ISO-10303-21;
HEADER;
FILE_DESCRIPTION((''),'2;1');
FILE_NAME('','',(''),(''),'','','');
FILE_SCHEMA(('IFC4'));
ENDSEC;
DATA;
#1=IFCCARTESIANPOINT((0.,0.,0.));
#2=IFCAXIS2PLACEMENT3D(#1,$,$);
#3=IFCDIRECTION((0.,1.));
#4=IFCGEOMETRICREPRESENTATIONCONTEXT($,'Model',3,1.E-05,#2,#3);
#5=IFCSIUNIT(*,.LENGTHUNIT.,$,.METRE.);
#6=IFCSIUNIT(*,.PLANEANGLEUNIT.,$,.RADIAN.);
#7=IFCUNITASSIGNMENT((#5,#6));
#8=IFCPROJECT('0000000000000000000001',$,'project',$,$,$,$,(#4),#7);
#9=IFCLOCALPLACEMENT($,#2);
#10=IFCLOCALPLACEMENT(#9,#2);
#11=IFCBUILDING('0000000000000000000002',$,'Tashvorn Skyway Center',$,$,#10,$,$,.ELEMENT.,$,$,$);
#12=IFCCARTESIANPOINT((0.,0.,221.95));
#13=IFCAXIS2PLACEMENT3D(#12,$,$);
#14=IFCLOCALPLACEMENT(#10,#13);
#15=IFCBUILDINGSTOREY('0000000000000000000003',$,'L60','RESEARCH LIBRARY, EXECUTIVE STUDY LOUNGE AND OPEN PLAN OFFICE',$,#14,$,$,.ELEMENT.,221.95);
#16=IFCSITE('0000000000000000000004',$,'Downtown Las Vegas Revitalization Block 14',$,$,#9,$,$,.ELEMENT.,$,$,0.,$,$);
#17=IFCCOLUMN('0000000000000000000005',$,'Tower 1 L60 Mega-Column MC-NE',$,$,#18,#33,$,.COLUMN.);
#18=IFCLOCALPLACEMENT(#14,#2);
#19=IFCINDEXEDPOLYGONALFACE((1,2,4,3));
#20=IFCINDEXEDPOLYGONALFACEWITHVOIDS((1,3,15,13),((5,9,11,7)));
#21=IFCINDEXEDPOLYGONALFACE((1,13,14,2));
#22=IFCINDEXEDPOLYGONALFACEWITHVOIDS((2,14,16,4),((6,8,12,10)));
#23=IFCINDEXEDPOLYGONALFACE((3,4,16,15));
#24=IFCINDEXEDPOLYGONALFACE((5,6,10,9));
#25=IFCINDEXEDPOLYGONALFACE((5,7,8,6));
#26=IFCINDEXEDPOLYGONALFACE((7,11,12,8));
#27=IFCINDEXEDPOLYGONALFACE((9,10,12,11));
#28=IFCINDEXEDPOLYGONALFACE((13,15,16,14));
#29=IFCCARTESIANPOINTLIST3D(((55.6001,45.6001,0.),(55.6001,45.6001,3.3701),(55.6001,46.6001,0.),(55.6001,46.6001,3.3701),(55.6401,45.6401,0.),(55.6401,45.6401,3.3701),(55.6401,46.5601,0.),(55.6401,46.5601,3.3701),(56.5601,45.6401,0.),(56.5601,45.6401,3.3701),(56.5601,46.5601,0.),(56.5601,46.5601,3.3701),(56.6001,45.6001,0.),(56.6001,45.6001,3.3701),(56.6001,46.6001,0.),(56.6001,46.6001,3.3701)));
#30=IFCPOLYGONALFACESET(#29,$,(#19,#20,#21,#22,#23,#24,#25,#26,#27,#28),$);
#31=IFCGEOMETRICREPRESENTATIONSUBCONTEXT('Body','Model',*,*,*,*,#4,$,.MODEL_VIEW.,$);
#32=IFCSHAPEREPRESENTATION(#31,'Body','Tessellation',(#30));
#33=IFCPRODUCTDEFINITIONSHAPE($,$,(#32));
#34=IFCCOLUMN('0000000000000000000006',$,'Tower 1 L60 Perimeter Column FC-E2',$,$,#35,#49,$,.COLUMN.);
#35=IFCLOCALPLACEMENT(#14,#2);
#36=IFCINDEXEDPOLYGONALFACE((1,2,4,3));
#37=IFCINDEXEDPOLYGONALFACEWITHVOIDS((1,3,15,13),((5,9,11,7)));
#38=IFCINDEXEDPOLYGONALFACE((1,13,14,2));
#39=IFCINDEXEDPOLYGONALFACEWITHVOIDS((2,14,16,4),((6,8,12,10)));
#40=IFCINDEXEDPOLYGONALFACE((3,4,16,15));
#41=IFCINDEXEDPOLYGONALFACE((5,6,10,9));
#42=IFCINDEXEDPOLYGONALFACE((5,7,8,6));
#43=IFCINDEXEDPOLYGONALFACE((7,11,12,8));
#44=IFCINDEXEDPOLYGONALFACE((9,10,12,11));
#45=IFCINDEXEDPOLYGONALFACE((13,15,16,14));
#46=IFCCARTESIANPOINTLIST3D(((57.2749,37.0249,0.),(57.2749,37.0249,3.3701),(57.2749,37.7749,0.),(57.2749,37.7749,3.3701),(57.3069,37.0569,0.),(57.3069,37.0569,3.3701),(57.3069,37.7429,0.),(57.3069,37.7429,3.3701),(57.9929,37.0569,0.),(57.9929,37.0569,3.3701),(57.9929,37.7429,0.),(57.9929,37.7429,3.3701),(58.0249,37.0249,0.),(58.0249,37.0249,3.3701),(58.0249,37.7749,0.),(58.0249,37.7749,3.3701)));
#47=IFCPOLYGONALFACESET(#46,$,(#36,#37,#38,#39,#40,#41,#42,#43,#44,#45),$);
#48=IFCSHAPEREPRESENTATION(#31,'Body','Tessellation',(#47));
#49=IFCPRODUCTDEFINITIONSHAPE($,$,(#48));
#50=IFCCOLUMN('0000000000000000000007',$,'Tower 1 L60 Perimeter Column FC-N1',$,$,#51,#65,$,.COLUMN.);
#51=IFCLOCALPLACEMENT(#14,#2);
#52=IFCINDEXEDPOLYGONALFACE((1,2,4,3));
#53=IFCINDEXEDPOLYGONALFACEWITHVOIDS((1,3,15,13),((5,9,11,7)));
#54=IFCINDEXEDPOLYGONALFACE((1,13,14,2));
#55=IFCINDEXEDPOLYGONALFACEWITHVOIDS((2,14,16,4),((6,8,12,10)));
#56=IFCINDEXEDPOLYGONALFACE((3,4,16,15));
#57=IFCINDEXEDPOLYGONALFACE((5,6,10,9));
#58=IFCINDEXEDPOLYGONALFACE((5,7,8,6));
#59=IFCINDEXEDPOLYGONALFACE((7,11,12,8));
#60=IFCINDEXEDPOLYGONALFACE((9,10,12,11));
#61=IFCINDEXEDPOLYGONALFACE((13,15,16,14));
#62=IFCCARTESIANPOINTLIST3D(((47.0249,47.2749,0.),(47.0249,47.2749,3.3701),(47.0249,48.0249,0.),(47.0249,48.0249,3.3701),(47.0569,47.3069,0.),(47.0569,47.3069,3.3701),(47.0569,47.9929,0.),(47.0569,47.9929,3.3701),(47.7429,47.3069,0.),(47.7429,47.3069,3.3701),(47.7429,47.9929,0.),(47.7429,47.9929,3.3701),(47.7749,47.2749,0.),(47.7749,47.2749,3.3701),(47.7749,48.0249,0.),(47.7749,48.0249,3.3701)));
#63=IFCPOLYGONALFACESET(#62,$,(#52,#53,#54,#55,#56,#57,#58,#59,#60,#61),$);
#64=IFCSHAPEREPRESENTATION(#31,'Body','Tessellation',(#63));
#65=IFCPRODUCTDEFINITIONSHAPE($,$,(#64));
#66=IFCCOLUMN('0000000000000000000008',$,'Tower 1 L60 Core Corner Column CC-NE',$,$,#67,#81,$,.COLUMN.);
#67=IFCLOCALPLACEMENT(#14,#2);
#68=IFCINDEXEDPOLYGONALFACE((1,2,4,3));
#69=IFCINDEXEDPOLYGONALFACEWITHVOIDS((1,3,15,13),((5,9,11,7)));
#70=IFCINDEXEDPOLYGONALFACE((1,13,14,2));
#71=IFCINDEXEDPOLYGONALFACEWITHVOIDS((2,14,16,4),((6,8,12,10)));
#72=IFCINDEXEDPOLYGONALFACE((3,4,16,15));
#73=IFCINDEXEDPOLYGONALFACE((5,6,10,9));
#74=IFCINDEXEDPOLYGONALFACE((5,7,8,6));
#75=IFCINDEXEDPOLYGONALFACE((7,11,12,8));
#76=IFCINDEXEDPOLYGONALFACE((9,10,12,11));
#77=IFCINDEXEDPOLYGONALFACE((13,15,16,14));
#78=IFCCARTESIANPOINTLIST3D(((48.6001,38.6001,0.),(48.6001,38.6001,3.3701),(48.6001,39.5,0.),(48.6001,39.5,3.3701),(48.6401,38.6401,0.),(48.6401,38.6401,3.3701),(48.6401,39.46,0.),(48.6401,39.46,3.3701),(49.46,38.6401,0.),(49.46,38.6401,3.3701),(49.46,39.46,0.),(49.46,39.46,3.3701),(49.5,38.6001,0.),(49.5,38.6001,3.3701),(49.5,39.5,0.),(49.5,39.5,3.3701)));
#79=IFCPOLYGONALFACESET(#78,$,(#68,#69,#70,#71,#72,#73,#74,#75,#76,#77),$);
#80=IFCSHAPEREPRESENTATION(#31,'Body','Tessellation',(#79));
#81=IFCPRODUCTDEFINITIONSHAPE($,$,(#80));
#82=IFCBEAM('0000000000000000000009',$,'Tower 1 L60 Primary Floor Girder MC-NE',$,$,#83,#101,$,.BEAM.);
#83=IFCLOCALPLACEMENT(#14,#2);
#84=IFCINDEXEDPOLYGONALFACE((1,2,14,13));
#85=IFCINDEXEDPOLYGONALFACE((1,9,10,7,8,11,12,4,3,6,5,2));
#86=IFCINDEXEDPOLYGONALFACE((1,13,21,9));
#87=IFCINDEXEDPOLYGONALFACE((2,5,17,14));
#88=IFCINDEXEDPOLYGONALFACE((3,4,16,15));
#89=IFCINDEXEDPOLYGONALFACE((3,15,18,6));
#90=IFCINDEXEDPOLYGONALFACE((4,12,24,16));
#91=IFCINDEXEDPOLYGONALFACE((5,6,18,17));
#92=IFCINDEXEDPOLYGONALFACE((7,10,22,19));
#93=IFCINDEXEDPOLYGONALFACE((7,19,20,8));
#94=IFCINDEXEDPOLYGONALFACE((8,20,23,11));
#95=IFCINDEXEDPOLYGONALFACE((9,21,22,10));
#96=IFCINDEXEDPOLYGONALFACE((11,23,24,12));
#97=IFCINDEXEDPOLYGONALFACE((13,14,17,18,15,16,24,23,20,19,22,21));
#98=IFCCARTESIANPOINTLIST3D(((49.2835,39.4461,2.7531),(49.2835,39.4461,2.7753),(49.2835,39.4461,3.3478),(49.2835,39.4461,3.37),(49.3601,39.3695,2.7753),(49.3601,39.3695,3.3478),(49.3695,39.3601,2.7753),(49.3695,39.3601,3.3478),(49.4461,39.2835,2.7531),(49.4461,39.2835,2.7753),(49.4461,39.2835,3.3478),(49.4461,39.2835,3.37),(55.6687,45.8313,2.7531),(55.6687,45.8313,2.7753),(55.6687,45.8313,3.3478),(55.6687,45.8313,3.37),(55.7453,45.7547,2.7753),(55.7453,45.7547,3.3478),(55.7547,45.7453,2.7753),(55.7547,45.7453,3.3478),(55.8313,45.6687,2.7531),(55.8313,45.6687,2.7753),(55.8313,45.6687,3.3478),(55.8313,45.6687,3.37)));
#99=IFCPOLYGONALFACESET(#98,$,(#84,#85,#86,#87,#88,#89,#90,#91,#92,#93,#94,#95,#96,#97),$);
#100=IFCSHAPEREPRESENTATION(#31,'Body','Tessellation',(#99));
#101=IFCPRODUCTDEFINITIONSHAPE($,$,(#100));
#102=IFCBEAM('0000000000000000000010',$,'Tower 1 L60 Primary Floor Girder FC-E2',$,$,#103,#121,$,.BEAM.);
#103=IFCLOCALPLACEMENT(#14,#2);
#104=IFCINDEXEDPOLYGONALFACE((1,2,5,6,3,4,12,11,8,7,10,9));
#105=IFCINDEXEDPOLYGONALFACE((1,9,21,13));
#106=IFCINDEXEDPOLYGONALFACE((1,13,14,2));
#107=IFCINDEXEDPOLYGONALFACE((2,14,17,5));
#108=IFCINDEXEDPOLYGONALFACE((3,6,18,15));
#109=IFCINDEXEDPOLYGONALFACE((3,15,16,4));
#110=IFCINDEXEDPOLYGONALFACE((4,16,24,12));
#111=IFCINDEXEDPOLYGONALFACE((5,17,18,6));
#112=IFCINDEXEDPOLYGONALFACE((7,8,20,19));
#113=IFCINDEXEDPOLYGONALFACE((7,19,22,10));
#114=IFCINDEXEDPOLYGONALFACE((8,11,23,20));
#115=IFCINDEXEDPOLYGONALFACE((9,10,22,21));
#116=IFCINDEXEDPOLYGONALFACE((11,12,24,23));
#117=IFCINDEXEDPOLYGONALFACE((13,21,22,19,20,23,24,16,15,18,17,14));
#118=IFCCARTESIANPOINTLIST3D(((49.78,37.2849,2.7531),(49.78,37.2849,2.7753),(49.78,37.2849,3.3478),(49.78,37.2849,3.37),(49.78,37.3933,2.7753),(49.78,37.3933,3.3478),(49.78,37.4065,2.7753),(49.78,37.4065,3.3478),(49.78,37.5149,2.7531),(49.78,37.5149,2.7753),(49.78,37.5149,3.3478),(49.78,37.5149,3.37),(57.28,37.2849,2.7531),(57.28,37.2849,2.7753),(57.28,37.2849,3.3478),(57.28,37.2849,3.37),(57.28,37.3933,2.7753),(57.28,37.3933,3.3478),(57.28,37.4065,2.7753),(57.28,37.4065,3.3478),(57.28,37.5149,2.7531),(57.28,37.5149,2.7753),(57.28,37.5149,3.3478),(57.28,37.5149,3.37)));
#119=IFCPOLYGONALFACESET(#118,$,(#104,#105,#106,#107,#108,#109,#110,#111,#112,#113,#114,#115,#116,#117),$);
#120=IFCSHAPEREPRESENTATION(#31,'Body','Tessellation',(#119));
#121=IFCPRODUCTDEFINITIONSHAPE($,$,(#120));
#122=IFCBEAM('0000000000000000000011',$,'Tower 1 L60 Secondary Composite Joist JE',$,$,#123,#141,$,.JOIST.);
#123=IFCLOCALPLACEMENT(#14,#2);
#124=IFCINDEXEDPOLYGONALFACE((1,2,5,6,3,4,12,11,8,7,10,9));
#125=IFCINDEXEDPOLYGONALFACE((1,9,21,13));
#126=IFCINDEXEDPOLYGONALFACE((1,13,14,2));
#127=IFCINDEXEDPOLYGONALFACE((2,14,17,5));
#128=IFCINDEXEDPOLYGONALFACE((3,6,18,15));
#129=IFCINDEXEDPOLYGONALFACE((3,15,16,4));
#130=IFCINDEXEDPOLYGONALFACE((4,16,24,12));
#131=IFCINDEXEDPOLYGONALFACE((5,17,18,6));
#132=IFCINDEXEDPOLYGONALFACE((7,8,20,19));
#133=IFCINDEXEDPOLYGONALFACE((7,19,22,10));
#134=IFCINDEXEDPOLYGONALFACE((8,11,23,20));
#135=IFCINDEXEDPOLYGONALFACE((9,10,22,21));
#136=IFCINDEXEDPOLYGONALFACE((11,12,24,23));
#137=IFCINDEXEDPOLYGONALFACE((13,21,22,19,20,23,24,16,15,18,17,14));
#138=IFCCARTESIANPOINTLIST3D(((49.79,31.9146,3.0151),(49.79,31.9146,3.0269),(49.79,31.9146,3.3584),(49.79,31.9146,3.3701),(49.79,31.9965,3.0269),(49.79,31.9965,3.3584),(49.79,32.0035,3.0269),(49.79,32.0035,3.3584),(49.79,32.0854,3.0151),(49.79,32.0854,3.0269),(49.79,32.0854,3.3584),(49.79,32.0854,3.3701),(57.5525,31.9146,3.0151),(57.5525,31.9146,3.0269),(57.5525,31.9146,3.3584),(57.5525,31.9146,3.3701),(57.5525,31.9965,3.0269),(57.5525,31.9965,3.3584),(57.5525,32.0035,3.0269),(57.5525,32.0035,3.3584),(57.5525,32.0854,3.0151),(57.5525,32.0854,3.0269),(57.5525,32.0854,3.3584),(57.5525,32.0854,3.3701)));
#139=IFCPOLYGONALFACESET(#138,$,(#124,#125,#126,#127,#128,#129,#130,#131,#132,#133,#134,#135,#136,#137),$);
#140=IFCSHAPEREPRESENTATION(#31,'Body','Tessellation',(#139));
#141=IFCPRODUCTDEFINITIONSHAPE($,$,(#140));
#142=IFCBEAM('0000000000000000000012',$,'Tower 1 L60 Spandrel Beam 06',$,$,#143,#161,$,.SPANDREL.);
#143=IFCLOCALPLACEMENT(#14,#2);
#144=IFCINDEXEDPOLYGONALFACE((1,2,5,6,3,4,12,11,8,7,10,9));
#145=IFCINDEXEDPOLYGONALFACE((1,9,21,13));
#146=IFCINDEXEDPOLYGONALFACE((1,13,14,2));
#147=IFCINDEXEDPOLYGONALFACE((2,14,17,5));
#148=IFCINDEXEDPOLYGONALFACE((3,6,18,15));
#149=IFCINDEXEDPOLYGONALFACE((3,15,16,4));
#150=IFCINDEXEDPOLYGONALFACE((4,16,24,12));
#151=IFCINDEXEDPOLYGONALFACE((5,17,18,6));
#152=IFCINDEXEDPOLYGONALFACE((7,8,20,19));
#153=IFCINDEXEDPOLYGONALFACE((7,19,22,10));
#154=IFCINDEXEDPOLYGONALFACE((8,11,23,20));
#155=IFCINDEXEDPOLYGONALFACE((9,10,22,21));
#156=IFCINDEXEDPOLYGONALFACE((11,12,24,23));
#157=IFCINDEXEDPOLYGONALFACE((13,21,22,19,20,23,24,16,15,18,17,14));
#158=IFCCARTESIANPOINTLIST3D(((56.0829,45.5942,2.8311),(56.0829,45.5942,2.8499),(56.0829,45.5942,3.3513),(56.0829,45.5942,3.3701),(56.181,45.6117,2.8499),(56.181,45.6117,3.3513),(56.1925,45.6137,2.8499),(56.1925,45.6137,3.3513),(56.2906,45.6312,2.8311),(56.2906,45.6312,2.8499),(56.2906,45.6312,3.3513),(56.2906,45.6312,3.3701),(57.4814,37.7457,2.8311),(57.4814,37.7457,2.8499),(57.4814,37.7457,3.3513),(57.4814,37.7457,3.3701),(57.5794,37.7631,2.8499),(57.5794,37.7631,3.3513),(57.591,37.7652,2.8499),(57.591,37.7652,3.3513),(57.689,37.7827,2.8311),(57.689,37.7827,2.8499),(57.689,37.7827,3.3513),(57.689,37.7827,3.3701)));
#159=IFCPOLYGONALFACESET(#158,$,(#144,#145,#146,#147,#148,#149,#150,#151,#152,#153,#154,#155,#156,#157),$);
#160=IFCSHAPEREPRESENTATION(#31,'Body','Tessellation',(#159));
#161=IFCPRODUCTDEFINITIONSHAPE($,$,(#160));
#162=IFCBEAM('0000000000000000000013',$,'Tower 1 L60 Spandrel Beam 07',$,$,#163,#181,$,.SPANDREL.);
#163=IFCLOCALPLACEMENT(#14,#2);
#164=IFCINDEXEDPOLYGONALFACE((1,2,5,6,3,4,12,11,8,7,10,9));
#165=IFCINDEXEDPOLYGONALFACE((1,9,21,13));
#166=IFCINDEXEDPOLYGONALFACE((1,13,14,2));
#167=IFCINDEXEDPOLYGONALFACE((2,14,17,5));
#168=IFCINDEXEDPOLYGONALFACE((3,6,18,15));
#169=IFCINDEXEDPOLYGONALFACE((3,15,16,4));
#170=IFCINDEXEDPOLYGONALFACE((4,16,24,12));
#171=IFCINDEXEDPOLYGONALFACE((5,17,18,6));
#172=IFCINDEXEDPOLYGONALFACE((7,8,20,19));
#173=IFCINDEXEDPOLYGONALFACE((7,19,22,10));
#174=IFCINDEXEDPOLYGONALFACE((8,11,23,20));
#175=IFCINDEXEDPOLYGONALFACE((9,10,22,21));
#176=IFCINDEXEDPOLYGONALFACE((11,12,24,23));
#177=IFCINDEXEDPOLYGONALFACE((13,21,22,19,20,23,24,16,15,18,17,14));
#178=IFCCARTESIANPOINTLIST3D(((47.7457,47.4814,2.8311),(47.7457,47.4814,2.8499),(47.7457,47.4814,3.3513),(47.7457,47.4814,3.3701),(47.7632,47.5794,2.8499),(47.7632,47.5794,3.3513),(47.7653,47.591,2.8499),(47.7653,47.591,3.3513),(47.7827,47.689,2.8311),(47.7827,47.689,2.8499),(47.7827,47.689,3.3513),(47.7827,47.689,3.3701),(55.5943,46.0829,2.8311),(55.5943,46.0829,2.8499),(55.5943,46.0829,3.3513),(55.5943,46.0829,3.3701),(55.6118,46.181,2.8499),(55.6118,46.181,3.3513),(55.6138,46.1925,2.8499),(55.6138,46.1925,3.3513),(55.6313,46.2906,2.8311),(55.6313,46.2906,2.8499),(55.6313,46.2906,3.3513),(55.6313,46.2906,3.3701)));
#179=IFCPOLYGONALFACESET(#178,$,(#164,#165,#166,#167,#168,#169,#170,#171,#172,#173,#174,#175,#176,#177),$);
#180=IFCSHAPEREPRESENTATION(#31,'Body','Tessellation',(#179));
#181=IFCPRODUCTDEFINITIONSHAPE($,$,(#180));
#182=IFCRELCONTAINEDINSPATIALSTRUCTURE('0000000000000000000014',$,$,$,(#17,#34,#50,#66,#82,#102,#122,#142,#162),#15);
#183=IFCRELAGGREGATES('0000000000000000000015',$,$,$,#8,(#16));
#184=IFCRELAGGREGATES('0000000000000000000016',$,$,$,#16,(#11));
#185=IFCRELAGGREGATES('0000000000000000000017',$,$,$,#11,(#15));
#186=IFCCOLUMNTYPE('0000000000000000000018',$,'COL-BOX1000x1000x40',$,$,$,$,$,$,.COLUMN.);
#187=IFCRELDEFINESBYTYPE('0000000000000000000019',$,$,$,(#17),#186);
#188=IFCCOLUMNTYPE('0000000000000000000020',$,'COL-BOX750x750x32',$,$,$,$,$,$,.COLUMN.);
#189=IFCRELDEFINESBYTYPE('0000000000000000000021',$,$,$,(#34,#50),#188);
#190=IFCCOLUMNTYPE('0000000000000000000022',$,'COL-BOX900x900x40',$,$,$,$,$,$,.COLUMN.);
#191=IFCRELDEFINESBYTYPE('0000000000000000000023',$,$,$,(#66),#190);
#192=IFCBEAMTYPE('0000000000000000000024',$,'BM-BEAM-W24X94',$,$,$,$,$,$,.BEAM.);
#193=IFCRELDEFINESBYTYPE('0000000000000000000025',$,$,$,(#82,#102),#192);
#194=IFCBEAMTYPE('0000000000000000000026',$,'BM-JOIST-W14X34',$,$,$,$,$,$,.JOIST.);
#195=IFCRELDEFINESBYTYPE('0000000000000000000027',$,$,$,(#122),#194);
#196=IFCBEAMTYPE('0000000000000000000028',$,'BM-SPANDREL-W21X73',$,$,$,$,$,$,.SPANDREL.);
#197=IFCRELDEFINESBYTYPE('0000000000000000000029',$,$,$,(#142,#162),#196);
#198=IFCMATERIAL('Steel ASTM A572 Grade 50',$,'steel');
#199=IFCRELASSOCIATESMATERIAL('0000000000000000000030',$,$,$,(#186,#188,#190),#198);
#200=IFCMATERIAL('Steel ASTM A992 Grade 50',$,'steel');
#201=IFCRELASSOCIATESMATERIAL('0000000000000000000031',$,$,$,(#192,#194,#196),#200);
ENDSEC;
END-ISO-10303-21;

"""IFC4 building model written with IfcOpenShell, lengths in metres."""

from ifc_helpers import new_model, si_unit, direction, frame, origin, origin_2d, place, context, subcontext, project, spatial, hollow_rectangle, i_section, extrude, material, material_profile, profile_set, type_object, element, save


model = new_model("IFC4")

# Units and contexts
model_context = context("Model", 3, precision=1e-05, world=origin(), true_north=direction((0.0, 1.0)))
body_context = subcontext(model_context, "Body", "Model", "MODEL_VIEW")
ifc_project = project(units=[si_unit("LENGTHUNIT", "METRE"), si_unit("PLANEANGLEUNIT", "RADIAN")], contexts=[model_context])

# Site, building, storey
site_placement = place(None, origin())
site = spatial("IfcSite", under=ifc_project, at=site_placement, Name="Downtown Las Vegas Revitalization Block 14", CompositionType="ELEMENT", RefElevation=0.0)
building_placement = place(site_placement, origin())
building = spatial("IfcBuilding", under=site, at=building_placement, Name="Tashvorn Skyway Center", CompositionType="ELEMENT")
storey_placement = place(building_placement, frame((0.0, 0.0, 221.95)))
storey = spatial("IfcBuildingStorey", under=building, at=storey_placement, Name="L60", Description="RESEARCH LIBRARY, EXECUTIVE STUDY LOUNGE AND OPEN PLAN OFFICE", CompositionType="ELEMENT", Elevation=221.95)

# Columns
ifc_material_1 = material(Name="Steel ASTM A572 Grade 50", Category="steel")
ifc_material_profile_1 = material_profile(ifc_material_1, hollow_rectangle(XDim=1.0, YDim=1.0, WallThickness=0.04, at=origin_2d()), Name="BOX1000x1000x40")
ifc_profile_set_1 = profile_set([ifc_material_profile_1], Name="Steel ASTM A572 Grade 50")
column_type_1 = type_object("IfcColumnType", Name="COL-BOX1000x1000x40", PredefinedType="COLUMN", material=ifc_profile_set_1)
column_1_placement = place(storey_placement, frame((56.1001, 46.1001, 0.0), z_axis=(0.0, 0.0, 1.0), x_axis=(1.0, 0.0, 0.0)))
element("IfcColumn", 1, at=column_1_placement, inside=storey, type_object=column_type_1, Name="Tower 1 L60 Mega-Column MC-NE", PredefinedType="COLUMN", context=body_context, shape_type="SweptSolid", body=[
    extrude(hollow_rectangle(XDim=1.0, YDim=1.0, WallThickness=0.04, at=origin_2d()), origin(), (0.0, 0.0, 1.0), 3.3701),
])
ifc_material_profile_2 = material_profile(ifc_material_1, hollow_rectangle(XDim=0.75, YDim=0.75, WallThickness=0.032, at=origin_2d()), Name="BOX750x750x32")
ifc_profile_set_2 = profile_set([ifc_material_profile_2], Name="Steel ASTM A572 Grade 50")
column_type_2 = type_object("IfcColumnType", Name="COL-BOX750x750x32", PredefinedType="COLUMN", material=ifc_profile_set_2)
for number, where, z_axis, x_axis, name in (
    (2, (57.6499, 37.3999, 0.0), (0.0, 0.0, 1.0), (1.0, 0.0, 0.0), "Tower 1 L60 Perimeter Column FC-E2"),
    (3, (47.3999, 47.6499, 0.0), (0.0, 0.0, 1.0), (1.0, 0.0, 0.0), "Tower 1 L60 Perimeter Column FC-N1"),
):
    element("IfcColumn", number, at=place(storey_placement, frame(where, z_axis=z_axis, x_axis=x_axis)), inside=storey, type_object=column_type_2, Name=name, PredefinedType="COLUMN", context=body_context, shape_type="SweptSolid", body=[
        extrude(hollow_rectangle(XDim=0.75, YDim=0.75, WallThickness=0.032, at=origin_2d()), origin(), (0.0, 0.0, 1.0), 3.3701),
    ])
ifc_material_profile_3 = material_profile(ifc_material_1, hollow_rectangle(XDim=0.8999, YDim=0.8999, WallThickness=0.04, at=origin_2d()), Name="BOX900x900x40")
ifc_profile_set_3 = profile_set([ifc_material_profile_3], Name="Steel ASTM A572 Grade 50")
column_type_3 = type_object("IfcColumnType", Name="COL-BOX900x900x40", PredefinedType="COLUMN", material=ifc_profile_set_3)
column_2_placement = place(storey_placement, frame((49.05, 39.05, 0.0), z_axis=(0.0, 0.0, 1.0), x_axis=(1.0, 0.0, 0.0)))
element("IfcColumn", 4, at=column_2_placement, inside=storey, type_object=column_type_3, Name="Tower 1 L60 Core Corner Column CC-NE", PredefinedType="COLUMN", context=body_context, shape_type="SweptSolid", body=[
    extrude(hollow_rectangle(XDim=0.8999, YDim=0.8999, WallThickness=0.04, at=origin_2d()), origin(), (0.0, 0.0, 1.0), 3.3701),
])

# Beams
ifc_material_2 = material(Name="Steel ASTM A992 Grade 50", Category="steel")
ifc_material_profile_4 = material_profile(ifc_material_2, i_section(OverallWidth=0.23, OverallDepth=0.6169, WebThickness=0.0132, FlangeThickness=0.0222, at=origin_2d()), Name="W24X94")
ifc_profile_set_4 = profile_set([ifc_material_profile_4], Name="Steel ASTM A992 Grade 50")
beam_type_1 = type_object("IfcBeamType", Name="BM-BEAM-W24X94", PredefinedType="BEAM", material=ifc_profile_set_4)
beam_1_placement = place(storey_placement, frame((55.75, 45.75, 3.0615), z_axis=(-0.707107, -0.707107, 0.0), x_axis=(0.707107, -0.707107, 0.0)))
element("IfcBeam", 5, at=beam_1_placement, inside=storey, type_object=beam_type_1, Name="Tower 1 L60 Primary Floor Girder MC-NE", PredefinedType="BEAM", context=body_context, shape_type="SweptSolid", body=[
    extrude(i_section(OverallWidth=0.23, OverallDepth=0.6169, WebThickness=0.0132, FlangeThickness=0.0222, at=origin_2d()), origin(), (0.0, 0.0, 1.0), 9.03),
])
beam_2_placement = place(storey_placement, frame((57.28, 37.3999, 3.0615), z_axis=(-1.0, 0.0, 0.0), x_axis=(0.0, -1.0, 0.0)))
element("IfcBeam", 6, at=beam_2_placement, inside=storey, type_object=beam_type_1, Name="Tower 1 L60 Primary Floor Girder FC-E2", PredefinedType="BEAM", context=body_context, shape_type="SweptSolid", body=[
    extrude(i_section(OverallWidth=0.23, OverallDepth=0.6169, WebThickness=0.0132, FlangeThickness=0.0222, at=origin_2d()), origin(), (0.0, 0.0, 1.0), 7.5),
])
ifc_material_profile_5 = material_profile(ifc_material_2, i_section(OverallWidth=0.1709, OverallDepth=0.355, WebThickness=0.0071, FlangeThickness=0.0117, at=origin_2d()), Name="W14X34")
ifc_profile_set_5 = profile_set([ifc_material_profile_5], Name="Steel ASTM A992 Grade 50")
beam_type_2 = type_object("IfcBeamType", Name="BM-JOIST-W14X34", PredefinedType="JOIST", material=ifc_profile_set_5)
beam_3_placement = place(storey_placement, frame((49.79, 32.0, 3.1926), z_axis=(1.0, 0.0, 0.0), x_axis=(0.0, 1.0, 0.0)))
element("IfcBeam", 7, at=beam_3_placement, inside=storey, type_object=beam_type_2, Name="Tower 1 L60 Secondary Composite Joist JE", PredefinedType="JOIST", context=body_context, shape_type="SweptSolid", body=[
    extrude(i_section(OverallWidth=0.1709, OverallDepth=0.355, WebThickness=0.0071, FlangeThickness=0.0117, at=origin_2d()), origin(), (0.0, 0.0, 1.0), 7.7625),
])
ifc_material_profile_6 = material_profile(ifc_material_2, i_section(OverallWidth=0.2109, OverallDepth=0.5391, WebThickness=0.0117, FlangeThickness=0.0188, at=origin_2d()), Name="W21X73")
ifc_profile_set_6 = profile_set([ifc_material_profile_6], Name="Steel ASTM A992 Grade 50")
beam_type_3 = type_object("IfcBeamType", Name="BM-SPANDREL-W21X73", PredefinedType="SPANDREL", material=ifc_profile_set_6)
for number, where, z_axis, x_axis, name in (
    (8, (57.5852, 37.7642, 3.1006), (-0.175413, 0.984495, 0.0), (-0.984495, -0.175413, 0.0), "Tower 1 L60 Spandrel Beam 06"),
    (9, (55.6128, 46.1868, 3.1006), (-0.984495, 0.175413, 0.0), (-0.175413, -0.984495, 0.0), "Tower 1 L60 Spandrel Beam 07"),
):
    element("IfcBeam", number, at=place(storey_placement, frame(where, z_axis=z_axis, x_axis=x_axis)), inside=storey, type_object=beam_type_3, Name=name, PredefinedType="SPANDREL", context=body_context, shape_type="SweptSolid", body=[
        extrude(i_section(OverallWidth=0.2109, OverallDepth=0.5391, WebThickness=0.0117, FlangeThickness=0.0188, at=origin_2d()), origin(), (0.0, 0.0, 1.0), 7.9722),
    ])

save(model, "model.ifc")
